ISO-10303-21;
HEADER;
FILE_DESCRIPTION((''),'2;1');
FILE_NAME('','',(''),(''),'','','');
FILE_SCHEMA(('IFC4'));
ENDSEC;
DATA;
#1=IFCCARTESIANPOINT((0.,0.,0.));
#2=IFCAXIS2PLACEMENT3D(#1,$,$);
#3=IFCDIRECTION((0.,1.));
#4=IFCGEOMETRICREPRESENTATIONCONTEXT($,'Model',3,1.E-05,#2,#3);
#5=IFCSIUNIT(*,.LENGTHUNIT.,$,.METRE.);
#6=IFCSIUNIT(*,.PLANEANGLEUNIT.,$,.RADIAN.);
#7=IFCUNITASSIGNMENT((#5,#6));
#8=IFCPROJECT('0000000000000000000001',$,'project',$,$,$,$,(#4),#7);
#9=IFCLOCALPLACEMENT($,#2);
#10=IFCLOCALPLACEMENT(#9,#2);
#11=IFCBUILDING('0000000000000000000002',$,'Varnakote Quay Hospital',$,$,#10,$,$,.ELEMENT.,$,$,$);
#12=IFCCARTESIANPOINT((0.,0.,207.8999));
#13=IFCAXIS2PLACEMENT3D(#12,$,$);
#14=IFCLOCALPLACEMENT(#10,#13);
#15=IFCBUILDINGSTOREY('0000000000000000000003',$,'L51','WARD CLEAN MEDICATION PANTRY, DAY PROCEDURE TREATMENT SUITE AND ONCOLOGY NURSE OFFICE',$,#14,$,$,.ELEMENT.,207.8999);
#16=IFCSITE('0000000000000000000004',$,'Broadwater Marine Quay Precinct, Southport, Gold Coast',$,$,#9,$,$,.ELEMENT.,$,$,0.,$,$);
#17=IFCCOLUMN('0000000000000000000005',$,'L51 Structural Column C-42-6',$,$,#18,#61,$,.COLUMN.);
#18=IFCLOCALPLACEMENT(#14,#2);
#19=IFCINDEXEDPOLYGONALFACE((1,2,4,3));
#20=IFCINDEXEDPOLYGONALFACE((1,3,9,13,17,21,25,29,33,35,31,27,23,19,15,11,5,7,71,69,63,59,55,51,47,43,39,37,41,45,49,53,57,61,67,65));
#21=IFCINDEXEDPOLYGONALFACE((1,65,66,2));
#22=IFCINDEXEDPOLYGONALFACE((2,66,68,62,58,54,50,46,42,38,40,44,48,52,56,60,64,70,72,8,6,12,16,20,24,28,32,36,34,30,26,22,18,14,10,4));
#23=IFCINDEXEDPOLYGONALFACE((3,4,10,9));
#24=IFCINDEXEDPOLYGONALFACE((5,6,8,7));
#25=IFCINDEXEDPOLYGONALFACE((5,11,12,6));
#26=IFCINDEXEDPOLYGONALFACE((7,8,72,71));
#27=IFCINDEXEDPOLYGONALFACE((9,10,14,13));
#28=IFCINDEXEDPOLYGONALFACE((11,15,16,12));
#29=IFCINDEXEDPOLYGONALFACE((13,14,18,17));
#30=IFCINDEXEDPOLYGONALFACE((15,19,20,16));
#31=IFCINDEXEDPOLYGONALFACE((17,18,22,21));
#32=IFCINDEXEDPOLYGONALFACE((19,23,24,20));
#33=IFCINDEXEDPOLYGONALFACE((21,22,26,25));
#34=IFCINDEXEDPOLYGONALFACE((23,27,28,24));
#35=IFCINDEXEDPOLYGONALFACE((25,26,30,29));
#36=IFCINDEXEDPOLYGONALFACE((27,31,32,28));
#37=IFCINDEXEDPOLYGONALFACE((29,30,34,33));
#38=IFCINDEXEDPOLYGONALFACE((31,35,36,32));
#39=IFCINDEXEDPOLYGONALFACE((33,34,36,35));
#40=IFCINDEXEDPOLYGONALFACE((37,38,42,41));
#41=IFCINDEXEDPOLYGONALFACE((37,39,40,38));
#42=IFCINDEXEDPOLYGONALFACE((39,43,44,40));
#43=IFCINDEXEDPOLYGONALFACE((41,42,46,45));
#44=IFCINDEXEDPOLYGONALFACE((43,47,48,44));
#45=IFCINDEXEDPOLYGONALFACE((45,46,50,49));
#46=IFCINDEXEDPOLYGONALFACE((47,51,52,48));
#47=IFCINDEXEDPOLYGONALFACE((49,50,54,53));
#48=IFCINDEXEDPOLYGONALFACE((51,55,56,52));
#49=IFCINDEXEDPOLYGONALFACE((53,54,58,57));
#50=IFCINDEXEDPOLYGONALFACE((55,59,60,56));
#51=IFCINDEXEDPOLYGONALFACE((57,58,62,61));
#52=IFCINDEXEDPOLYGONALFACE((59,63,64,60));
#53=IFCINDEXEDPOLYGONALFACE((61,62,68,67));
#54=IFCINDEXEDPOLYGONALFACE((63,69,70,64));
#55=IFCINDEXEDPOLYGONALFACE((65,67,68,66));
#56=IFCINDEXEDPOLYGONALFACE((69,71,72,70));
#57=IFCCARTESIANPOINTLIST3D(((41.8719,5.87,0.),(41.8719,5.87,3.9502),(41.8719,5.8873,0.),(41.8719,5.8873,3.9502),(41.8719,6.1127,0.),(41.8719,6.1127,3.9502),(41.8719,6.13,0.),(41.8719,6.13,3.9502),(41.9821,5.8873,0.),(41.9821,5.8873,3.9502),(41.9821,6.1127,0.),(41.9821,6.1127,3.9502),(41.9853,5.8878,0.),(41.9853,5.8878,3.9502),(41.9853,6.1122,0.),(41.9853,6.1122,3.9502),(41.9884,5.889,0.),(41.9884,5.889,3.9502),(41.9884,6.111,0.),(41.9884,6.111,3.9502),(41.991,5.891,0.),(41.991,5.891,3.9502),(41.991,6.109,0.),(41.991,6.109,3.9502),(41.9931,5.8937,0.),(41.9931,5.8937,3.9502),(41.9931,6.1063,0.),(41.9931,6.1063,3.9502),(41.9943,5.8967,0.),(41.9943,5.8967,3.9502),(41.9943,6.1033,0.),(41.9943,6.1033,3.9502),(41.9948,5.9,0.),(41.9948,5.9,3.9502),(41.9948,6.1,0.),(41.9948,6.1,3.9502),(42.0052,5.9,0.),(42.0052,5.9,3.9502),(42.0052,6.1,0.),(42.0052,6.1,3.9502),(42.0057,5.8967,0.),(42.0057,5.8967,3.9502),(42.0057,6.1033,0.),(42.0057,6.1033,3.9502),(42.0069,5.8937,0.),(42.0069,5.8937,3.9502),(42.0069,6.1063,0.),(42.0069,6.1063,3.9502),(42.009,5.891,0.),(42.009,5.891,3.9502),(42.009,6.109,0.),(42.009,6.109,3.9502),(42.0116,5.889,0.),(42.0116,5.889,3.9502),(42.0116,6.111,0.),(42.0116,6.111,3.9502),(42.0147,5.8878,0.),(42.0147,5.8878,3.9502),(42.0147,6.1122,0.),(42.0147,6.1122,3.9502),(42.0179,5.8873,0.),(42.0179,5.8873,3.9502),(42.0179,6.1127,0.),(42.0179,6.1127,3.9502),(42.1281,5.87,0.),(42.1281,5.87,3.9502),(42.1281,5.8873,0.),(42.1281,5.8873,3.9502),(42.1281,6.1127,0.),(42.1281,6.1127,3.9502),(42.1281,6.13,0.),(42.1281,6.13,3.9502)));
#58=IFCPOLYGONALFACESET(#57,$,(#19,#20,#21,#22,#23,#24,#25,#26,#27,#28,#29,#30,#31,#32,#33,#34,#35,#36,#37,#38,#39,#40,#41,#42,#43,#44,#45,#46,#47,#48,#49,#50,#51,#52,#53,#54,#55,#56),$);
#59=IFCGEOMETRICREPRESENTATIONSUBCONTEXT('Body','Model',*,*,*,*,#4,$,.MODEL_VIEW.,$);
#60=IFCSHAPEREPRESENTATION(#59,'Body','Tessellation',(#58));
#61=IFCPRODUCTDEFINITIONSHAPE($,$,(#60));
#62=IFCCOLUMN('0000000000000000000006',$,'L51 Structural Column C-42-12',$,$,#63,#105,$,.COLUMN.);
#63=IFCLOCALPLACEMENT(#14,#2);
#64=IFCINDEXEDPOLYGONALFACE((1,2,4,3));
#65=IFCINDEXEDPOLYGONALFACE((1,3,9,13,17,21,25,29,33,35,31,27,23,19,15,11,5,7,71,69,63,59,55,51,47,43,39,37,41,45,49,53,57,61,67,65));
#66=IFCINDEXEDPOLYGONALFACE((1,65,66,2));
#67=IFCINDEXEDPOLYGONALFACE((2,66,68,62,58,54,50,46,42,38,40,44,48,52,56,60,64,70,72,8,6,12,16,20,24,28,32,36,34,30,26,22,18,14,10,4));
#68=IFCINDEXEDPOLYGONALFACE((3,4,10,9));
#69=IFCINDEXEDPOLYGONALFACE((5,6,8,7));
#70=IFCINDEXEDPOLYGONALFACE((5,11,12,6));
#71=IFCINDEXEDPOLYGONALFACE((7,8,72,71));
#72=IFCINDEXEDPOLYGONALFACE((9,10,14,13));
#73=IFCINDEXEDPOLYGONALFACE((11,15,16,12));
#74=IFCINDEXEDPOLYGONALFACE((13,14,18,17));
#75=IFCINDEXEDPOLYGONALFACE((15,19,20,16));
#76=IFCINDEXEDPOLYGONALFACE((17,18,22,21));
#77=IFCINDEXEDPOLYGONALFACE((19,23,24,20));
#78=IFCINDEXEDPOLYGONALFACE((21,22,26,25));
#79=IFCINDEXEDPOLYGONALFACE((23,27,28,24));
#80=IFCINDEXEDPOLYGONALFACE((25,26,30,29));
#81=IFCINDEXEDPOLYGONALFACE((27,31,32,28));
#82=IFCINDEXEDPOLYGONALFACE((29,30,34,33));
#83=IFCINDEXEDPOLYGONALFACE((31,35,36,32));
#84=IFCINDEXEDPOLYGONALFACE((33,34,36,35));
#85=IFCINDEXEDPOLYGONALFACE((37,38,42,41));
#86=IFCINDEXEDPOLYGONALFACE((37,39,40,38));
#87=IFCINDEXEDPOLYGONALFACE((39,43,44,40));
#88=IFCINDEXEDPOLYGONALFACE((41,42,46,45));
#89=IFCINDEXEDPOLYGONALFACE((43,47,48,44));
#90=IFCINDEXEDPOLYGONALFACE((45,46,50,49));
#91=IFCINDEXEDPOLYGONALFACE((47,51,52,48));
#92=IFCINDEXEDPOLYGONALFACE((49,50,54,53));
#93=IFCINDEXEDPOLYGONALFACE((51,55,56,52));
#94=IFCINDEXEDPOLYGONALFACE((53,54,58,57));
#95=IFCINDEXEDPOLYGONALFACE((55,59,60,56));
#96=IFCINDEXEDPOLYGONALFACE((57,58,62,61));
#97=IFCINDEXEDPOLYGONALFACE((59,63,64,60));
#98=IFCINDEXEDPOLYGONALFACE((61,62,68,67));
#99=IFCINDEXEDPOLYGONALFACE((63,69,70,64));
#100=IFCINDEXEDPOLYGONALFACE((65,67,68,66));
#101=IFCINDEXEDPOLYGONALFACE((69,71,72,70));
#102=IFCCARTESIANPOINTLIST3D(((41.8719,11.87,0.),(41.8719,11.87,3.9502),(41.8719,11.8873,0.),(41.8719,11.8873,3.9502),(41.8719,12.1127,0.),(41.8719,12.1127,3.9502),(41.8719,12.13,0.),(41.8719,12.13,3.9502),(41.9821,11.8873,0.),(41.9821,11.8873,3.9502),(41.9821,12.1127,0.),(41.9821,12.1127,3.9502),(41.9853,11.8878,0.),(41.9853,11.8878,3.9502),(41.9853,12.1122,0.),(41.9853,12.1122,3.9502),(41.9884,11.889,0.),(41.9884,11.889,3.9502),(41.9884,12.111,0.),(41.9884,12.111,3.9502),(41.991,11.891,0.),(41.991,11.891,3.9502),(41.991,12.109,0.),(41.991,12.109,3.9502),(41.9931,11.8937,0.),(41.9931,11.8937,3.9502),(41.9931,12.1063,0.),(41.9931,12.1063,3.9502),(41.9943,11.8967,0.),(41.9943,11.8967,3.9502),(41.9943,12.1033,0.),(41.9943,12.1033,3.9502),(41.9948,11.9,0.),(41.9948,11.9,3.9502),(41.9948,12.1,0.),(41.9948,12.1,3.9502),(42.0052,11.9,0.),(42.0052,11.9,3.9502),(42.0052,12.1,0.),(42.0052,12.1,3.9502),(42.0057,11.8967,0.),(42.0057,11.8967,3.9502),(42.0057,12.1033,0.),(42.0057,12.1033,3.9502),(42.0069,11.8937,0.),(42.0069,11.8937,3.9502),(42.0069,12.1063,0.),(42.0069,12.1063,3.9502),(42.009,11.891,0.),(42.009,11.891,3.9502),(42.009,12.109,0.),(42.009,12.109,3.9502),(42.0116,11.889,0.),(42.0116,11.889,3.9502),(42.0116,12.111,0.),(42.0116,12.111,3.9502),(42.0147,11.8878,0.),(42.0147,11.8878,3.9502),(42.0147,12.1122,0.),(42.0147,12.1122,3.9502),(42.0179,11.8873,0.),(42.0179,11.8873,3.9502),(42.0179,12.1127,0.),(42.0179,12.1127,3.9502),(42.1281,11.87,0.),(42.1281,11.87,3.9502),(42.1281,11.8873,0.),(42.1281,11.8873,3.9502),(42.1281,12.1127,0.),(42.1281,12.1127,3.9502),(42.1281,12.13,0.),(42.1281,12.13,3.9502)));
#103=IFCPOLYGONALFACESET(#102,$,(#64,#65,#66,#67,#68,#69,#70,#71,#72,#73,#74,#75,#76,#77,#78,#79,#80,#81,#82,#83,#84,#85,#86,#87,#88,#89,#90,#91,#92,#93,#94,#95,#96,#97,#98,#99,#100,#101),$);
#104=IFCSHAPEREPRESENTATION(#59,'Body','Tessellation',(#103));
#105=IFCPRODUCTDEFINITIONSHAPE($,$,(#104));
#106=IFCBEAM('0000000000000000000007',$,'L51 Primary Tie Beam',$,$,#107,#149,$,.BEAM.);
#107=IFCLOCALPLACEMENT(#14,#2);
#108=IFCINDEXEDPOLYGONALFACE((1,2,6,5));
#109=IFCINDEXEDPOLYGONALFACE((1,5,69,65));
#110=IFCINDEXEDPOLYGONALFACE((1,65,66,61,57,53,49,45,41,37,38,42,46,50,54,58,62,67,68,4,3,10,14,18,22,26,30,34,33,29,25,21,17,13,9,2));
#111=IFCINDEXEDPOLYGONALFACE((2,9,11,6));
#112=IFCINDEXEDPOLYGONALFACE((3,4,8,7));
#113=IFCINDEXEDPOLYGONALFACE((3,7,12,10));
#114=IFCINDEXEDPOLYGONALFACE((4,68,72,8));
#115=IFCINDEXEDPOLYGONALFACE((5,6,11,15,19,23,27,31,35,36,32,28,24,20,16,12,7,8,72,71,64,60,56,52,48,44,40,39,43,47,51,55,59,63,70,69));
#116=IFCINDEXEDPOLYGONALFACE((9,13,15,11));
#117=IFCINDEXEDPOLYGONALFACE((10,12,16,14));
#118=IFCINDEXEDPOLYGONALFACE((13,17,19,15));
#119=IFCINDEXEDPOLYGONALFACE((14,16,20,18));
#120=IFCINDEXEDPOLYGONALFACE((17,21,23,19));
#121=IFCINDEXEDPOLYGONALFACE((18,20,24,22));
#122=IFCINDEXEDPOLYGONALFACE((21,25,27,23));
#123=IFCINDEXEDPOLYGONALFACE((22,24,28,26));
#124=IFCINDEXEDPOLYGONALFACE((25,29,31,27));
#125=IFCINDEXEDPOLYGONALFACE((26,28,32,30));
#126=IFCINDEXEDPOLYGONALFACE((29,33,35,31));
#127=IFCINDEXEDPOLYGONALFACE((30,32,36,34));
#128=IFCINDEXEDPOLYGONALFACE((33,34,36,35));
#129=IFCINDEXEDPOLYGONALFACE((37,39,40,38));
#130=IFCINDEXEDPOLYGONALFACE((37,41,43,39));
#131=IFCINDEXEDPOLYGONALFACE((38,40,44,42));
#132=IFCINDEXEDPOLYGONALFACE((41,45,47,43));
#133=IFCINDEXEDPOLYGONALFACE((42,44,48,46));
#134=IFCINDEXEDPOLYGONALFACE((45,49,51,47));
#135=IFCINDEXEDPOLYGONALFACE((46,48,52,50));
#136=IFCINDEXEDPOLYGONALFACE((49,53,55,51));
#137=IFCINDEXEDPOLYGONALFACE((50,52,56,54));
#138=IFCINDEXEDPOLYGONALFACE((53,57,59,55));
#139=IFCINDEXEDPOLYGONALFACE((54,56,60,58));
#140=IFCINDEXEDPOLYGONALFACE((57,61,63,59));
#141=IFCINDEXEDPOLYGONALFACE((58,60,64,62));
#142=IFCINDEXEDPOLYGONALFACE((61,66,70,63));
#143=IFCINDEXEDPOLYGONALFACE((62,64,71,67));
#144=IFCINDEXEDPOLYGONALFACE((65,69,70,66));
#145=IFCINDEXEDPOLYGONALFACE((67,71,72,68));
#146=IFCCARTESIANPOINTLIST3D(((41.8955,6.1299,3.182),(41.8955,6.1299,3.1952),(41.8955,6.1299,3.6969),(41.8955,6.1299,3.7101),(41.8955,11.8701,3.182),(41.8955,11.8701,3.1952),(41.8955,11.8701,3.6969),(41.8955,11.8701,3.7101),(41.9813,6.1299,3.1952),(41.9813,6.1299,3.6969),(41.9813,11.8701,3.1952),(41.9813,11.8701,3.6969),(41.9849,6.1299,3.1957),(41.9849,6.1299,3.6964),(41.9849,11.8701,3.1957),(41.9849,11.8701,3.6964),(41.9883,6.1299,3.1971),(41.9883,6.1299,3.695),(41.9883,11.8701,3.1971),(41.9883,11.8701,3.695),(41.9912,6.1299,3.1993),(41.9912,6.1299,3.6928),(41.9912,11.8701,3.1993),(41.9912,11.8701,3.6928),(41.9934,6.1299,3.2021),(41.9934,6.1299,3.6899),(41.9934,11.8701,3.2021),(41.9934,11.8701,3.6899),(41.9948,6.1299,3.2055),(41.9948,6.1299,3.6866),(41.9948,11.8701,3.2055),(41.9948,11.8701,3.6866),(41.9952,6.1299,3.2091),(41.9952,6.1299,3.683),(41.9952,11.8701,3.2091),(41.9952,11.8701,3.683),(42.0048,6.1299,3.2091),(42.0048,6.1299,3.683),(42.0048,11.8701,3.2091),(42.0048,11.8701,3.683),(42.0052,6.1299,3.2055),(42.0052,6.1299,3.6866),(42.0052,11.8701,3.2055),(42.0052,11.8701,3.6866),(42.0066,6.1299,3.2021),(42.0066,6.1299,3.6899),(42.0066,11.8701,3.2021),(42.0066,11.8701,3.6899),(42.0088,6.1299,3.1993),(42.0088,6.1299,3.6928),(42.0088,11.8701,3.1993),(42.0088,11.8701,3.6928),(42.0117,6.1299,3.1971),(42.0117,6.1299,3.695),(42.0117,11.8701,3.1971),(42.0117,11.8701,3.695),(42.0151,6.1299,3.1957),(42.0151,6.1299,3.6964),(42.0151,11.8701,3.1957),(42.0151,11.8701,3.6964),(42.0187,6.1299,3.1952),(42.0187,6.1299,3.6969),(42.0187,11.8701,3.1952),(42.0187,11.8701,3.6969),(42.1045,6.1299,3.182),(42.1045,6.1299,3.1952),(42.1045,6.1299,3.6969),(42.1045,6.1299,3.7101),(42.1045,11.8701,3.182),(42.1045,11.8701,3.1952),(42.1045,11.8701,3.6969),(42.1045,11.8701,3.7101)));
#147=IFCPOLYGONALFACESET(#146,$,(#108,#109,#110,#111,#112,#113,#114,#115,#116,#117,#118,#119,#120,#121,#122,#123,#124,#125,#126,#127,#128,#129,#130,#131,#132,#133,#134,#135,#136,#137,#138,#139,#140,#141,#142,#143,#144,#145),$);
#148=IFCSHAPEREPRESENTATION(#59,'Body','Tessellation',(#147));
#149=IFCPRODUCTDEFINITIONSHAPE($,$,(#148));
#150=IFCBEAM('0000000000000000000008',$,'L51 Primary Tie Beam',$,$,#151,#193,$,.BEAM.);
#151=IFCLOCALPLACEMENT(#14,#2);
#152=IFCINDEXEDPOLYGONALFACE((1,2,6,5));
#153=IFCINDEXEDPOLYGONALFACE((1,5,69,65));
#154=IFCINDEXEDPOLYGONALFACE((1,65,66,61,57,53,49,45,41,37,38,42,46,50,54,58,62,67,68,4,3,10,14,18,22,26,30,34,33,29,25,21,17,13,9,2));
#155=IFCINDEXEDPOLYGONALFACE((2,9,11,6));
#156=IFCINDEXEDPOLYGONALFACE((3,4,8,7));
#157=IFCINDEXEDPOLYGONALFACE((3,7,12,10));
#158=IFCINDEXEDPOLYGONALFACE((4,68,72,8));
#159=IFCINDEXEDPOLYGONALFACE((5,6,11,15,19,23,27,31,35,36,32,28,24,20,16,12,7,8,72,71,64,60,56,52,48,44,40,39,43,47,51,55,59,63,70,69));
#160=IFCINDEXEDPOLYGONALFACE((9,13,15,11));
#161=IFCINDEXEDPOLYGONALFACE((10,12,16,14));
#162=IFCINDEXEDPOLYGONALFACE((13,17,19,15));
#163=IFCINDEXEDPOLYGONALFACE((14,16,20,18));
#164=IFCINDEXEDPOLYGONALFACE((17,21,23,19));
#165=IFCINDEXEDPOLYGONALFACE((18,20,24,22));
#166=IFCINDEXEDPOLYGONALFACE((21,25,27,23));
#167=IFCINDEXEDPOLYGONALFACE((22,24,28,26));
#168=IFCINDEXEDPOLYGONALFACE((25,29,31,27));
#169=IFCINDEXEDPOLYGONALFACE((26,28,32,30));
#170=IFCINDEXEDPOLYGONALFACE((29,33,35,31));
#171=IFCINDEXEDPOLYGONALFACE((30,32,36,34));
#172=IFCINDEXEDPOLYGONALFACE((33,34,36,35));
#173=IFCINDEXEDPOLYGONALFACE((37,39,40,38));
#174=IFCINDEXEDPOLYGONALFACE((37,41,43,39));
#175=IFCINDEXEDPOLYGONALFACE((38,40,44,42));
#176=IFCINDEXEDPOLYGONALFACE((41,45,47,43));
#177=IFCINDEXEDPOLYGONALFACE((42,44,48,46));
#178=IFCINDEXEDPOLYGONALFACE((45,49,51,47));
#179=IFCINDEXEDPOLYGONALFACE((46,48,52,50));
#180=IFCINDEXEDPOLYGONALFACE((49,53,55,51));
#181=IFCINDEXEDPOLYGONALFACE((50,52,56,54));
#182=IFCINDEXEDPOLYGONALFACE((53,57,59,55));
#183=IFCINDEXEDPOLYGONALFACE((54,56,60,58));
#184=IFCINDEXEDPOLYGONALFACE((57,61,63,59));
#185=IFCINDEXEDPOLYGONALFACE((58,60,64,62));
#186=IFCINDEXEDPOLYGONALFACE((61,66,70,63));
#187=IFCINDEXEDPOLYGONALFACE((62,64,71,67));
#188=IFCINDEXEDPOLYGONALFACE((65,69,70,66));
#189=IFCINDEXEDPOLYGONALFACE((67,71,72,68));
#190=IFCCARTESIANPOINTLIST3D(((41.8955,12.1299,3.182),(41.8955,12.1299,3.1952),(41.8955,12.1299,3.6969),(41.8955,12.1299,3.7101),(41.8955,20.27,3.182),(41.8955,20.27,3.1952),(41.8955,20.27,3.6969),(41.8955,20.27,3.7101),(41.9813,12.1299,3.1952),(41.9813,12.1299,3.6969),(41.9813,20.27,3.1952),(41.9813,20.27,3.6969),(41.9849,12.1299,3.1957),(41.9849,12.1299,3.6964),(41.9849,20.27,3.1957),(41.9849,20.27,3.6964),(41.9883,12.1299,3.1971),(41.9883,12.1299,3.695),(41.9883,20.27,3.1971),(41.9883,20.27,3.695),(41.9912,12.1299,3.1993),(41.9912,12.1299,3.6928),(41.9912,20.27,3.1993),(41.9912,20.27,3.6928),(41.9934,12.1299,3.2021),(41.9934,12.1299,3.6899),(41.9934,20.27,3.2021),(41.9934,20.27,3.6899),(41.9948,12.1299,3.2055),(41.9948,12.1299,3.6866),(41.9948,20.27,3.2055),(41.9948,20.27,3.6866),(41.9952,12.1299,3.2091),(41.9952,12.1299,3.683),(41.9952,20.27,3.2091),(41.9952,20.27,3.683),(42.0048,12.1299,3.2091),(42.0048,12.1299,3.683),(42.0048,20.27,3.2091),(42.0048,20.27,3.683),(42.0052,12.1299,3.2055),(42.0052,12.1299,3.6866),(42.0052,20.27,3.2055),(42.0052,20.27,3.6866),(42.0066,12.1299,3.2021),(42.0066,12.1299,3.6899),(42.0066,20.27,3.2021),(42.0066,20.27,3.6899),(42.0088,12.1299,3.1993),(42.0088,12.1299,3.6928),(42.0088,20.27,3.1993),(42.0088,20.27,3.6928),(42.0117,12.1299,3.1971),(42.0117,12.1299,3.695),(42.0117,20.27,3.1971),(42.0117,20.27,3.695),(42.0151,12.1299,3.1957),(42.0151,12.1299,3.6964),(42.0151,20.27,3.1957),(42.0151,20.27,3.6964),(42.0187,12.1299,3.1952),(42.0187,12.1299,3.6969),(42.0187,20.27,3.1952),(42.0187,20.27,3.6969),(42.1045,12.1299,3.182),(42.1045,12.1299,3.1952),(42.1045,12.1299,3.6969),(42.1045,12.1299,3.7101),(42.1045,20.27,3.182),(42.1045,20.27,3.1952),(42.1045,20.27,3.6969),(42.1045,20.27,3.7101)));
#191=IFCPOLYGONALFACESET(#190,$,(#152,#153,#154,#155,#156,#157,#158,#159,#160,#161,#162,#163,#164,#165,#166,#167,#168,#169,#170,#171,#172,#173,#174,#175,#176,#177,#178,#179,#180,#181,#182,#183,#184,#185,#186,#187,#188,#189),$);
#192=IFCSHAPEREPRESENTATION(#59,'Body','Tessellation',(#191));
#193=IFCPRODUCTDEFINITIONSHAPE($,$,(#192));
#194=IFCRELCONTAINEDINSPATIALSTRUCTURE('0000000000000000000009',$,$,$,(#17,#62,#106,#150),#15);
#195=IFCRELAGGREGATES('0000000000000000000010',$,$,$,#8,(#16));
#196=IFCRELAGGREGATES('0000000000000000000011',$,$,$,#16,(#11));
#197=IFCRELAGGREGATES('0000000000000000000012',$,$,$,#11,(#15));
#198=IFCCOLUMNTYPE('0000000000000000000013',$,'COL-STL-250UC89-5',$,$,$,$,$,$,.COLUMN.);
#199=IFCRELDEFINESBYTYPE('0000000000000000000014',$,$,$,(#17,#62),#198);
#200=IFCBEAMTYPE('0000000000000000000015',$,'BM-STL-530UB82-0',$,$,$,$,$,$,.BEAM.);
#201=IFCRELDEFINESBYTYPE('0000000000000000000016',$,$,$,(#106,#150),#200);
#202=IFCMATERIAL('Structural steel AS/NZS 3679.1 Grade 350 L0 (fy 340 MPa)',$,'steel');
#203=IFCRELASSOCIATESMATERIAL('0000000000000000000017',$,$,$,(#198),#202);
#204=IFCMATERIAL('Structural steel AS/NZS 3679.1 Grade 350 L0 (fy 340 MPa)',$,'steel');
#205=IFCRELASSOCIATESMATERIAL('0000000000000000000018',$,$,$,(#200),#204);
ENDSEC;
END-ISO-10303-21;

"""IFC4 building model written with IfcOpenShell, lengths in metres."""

from ifc_helpers import new_model, si_unit, direction, frame, origin, origin_2d, place, context, subcontext, project, spatial, i_section, extrude, material, material_profile, profile_set, type_object, element, save


model = new_model("IFC4")

# Units and contexts
model_context = context("Model", 3, precision=1e-05, world=origin(), true_north=direction((0.0, 1.0)))
body_context = subcontext(model_context, "Body", "Model", "MODEL_VIEW")
ifc_project = project(units=[si_unit("LENGTHUNIT", "METRE"), si_unit("PLANEANGLEUNIT", "RADIAN")], contexts=[model_context])

# Site, building, storey
site_placement = place(None, origin())
site = spatial("IfcSite", under=ifc_project, at=site_placement, Name="Broadwater Marine Quay Precinct, Southport, Gold Coast", CompositionType="ELEMENT", RefElevation=0.0)
building_placement = place(site_placement, origin())
building = spatial("IfcBuilding", under=site, at=building_placement, Name="Varnakote Quay Hospital", CompositionType="ELEMENT")
storey_placement = place(building_placement, frame((0.0, 0.0, 207.8999)))
storey = spatial("IfcBuildingStorey", under=building, at=storey_placement, Name="L51", Description="WARD CLEAN MEDICATION PANTRY, DAY PROCEDURE TREATMENT SUITE AND ONCOLOGY NURSE OFFICE", CompositionType="ELEMENT", Elevation=207.8999)

# Columns
ifc_material_1 = material(Name="Structural steel AS/NZS 3679.1 Grade 350 L0 (fy 340 MPa)", Category="steel")
ifc_material_profile_1 = material_profile(ifc_material_1, i_section(OverallWidth=0.2561, OverallDepth=0.26, WebThickness=0.0105, FlangeThickness=0.0173, FilletRadius=0.0127, at=origin_2d()), Name="250UC89.5")
ifc_profile_set_1 = profile_set([ifc_material_profile_1], Name="Structural steel AS/NZS 3679.1 Grade 350 L0 (fy 340 MPa)")
column_type = type_object("IfcColumnType", Name="COL-STL-250UC89-5", PredefinedType="COLUMN", material=ifc_profile_set_1)
for number, where, z_axis, x_axis, name in (
    (1, (42.0, 6.0, 0.0), (0.0, 0.0, 1.0), (1.0, 0.0, 0.0), "L51 Structural Column C-42-6"),
    (2, (42.0, 12.0, 0.0), (0.0, 0.0, 1.0), (1.0, 0.0, 0.0), "L51 Structural Column C-42-12"),
):
    element("IfcColumn", number, at=place(storey_placement, frame(where, z_axis=z_axis, x_axis=x_axis)), inside=storey, type_object=column_type, Name=name, PredefinedType="COLUMN", context=body_context, shape_type="SweptSolid", body=[
        extrude(i_section(OverallWidth=0.2561, OverallDepth=0.26, WebThickness=0.0105, FlangeThickness=0.0173, FilletRadius=0.0127, at=origin_2d()), origin(), (0.0, 0.0, 1.0), 3.9502),
    ])

# Beams
ifc_material_2 = material(Name="Structural steel AS/NZS 3679.1 Grade 350 L0 (fy 340 MPa)", Category="steel")
ifc_material_profile_2 = material_profile(ifc_material_2, i_section(OverallWidth=0.209, OverallDepth=0.5281, WebThickness=0.0095, FlangeThickness=0.0132, FilletRadius=0.0139, at=origin_2d()), Name="530UB82.0")
ifc_profile_set_2 = profile_set([ifc_material_profile_2], Name="Structural steel AS/NZS 3679.1 Grade 350 L0 (fy 340 MPa)")
beam_type_1 = type_object("IfcBeamType", Name="BM-STL-530UB82-0", PredefinedType="BEAM", material=ifc_profile_set_2)
beam_1_placement = place(storey_placement, frame((42.0, 6.1299, 3.446), z_axis=(0.0, 1.0, 0.0), x_axis=(-1.0, 0.0, 0.0)))
element("IfcBeam", 3, at=beam_1_placement, inside=storey, type_object=beam_type_1, Name="L51 Primary Tie Beam", PredefinedType="BEAM", context=body_context, shape_type="SweptSolid", body=[
    extrude(i_section(OverallWidth=0.209, OverallDepth=0.5281, WebThickness=0.0095, FlangeThickness=0.0132, FilletRadius=0.0139, at=origin_2d()), origin(), (0.0, 0.0, 1.0), 5.7402),
])
beam_2_placement = place(storey_placement, frame((42.0, 12.1299, 3.446), z_axis=(0.0, 1.0, 0.0), x_axis=(-1.0, 0.0, 0.0)))
element("IfcBeam", 4, at=beam_2_placement, inside=storey, type_object=beam_type_1, Name="L51 Primary Tie Beam", PredefinedType="BEAM", context=body_context, shape_type="SweptSolid", body=[
    extrude(i_section(OverallWidth=0.209, OverallDepth=0.5281, WebThickness=0.0095, FlangeThickness=0.0132, FilletRadius=0.0139, at=origin_2d()), origin(), (0.0, 0.0, 1.0), 8.1401),
])

save(model, "model.ifc")
